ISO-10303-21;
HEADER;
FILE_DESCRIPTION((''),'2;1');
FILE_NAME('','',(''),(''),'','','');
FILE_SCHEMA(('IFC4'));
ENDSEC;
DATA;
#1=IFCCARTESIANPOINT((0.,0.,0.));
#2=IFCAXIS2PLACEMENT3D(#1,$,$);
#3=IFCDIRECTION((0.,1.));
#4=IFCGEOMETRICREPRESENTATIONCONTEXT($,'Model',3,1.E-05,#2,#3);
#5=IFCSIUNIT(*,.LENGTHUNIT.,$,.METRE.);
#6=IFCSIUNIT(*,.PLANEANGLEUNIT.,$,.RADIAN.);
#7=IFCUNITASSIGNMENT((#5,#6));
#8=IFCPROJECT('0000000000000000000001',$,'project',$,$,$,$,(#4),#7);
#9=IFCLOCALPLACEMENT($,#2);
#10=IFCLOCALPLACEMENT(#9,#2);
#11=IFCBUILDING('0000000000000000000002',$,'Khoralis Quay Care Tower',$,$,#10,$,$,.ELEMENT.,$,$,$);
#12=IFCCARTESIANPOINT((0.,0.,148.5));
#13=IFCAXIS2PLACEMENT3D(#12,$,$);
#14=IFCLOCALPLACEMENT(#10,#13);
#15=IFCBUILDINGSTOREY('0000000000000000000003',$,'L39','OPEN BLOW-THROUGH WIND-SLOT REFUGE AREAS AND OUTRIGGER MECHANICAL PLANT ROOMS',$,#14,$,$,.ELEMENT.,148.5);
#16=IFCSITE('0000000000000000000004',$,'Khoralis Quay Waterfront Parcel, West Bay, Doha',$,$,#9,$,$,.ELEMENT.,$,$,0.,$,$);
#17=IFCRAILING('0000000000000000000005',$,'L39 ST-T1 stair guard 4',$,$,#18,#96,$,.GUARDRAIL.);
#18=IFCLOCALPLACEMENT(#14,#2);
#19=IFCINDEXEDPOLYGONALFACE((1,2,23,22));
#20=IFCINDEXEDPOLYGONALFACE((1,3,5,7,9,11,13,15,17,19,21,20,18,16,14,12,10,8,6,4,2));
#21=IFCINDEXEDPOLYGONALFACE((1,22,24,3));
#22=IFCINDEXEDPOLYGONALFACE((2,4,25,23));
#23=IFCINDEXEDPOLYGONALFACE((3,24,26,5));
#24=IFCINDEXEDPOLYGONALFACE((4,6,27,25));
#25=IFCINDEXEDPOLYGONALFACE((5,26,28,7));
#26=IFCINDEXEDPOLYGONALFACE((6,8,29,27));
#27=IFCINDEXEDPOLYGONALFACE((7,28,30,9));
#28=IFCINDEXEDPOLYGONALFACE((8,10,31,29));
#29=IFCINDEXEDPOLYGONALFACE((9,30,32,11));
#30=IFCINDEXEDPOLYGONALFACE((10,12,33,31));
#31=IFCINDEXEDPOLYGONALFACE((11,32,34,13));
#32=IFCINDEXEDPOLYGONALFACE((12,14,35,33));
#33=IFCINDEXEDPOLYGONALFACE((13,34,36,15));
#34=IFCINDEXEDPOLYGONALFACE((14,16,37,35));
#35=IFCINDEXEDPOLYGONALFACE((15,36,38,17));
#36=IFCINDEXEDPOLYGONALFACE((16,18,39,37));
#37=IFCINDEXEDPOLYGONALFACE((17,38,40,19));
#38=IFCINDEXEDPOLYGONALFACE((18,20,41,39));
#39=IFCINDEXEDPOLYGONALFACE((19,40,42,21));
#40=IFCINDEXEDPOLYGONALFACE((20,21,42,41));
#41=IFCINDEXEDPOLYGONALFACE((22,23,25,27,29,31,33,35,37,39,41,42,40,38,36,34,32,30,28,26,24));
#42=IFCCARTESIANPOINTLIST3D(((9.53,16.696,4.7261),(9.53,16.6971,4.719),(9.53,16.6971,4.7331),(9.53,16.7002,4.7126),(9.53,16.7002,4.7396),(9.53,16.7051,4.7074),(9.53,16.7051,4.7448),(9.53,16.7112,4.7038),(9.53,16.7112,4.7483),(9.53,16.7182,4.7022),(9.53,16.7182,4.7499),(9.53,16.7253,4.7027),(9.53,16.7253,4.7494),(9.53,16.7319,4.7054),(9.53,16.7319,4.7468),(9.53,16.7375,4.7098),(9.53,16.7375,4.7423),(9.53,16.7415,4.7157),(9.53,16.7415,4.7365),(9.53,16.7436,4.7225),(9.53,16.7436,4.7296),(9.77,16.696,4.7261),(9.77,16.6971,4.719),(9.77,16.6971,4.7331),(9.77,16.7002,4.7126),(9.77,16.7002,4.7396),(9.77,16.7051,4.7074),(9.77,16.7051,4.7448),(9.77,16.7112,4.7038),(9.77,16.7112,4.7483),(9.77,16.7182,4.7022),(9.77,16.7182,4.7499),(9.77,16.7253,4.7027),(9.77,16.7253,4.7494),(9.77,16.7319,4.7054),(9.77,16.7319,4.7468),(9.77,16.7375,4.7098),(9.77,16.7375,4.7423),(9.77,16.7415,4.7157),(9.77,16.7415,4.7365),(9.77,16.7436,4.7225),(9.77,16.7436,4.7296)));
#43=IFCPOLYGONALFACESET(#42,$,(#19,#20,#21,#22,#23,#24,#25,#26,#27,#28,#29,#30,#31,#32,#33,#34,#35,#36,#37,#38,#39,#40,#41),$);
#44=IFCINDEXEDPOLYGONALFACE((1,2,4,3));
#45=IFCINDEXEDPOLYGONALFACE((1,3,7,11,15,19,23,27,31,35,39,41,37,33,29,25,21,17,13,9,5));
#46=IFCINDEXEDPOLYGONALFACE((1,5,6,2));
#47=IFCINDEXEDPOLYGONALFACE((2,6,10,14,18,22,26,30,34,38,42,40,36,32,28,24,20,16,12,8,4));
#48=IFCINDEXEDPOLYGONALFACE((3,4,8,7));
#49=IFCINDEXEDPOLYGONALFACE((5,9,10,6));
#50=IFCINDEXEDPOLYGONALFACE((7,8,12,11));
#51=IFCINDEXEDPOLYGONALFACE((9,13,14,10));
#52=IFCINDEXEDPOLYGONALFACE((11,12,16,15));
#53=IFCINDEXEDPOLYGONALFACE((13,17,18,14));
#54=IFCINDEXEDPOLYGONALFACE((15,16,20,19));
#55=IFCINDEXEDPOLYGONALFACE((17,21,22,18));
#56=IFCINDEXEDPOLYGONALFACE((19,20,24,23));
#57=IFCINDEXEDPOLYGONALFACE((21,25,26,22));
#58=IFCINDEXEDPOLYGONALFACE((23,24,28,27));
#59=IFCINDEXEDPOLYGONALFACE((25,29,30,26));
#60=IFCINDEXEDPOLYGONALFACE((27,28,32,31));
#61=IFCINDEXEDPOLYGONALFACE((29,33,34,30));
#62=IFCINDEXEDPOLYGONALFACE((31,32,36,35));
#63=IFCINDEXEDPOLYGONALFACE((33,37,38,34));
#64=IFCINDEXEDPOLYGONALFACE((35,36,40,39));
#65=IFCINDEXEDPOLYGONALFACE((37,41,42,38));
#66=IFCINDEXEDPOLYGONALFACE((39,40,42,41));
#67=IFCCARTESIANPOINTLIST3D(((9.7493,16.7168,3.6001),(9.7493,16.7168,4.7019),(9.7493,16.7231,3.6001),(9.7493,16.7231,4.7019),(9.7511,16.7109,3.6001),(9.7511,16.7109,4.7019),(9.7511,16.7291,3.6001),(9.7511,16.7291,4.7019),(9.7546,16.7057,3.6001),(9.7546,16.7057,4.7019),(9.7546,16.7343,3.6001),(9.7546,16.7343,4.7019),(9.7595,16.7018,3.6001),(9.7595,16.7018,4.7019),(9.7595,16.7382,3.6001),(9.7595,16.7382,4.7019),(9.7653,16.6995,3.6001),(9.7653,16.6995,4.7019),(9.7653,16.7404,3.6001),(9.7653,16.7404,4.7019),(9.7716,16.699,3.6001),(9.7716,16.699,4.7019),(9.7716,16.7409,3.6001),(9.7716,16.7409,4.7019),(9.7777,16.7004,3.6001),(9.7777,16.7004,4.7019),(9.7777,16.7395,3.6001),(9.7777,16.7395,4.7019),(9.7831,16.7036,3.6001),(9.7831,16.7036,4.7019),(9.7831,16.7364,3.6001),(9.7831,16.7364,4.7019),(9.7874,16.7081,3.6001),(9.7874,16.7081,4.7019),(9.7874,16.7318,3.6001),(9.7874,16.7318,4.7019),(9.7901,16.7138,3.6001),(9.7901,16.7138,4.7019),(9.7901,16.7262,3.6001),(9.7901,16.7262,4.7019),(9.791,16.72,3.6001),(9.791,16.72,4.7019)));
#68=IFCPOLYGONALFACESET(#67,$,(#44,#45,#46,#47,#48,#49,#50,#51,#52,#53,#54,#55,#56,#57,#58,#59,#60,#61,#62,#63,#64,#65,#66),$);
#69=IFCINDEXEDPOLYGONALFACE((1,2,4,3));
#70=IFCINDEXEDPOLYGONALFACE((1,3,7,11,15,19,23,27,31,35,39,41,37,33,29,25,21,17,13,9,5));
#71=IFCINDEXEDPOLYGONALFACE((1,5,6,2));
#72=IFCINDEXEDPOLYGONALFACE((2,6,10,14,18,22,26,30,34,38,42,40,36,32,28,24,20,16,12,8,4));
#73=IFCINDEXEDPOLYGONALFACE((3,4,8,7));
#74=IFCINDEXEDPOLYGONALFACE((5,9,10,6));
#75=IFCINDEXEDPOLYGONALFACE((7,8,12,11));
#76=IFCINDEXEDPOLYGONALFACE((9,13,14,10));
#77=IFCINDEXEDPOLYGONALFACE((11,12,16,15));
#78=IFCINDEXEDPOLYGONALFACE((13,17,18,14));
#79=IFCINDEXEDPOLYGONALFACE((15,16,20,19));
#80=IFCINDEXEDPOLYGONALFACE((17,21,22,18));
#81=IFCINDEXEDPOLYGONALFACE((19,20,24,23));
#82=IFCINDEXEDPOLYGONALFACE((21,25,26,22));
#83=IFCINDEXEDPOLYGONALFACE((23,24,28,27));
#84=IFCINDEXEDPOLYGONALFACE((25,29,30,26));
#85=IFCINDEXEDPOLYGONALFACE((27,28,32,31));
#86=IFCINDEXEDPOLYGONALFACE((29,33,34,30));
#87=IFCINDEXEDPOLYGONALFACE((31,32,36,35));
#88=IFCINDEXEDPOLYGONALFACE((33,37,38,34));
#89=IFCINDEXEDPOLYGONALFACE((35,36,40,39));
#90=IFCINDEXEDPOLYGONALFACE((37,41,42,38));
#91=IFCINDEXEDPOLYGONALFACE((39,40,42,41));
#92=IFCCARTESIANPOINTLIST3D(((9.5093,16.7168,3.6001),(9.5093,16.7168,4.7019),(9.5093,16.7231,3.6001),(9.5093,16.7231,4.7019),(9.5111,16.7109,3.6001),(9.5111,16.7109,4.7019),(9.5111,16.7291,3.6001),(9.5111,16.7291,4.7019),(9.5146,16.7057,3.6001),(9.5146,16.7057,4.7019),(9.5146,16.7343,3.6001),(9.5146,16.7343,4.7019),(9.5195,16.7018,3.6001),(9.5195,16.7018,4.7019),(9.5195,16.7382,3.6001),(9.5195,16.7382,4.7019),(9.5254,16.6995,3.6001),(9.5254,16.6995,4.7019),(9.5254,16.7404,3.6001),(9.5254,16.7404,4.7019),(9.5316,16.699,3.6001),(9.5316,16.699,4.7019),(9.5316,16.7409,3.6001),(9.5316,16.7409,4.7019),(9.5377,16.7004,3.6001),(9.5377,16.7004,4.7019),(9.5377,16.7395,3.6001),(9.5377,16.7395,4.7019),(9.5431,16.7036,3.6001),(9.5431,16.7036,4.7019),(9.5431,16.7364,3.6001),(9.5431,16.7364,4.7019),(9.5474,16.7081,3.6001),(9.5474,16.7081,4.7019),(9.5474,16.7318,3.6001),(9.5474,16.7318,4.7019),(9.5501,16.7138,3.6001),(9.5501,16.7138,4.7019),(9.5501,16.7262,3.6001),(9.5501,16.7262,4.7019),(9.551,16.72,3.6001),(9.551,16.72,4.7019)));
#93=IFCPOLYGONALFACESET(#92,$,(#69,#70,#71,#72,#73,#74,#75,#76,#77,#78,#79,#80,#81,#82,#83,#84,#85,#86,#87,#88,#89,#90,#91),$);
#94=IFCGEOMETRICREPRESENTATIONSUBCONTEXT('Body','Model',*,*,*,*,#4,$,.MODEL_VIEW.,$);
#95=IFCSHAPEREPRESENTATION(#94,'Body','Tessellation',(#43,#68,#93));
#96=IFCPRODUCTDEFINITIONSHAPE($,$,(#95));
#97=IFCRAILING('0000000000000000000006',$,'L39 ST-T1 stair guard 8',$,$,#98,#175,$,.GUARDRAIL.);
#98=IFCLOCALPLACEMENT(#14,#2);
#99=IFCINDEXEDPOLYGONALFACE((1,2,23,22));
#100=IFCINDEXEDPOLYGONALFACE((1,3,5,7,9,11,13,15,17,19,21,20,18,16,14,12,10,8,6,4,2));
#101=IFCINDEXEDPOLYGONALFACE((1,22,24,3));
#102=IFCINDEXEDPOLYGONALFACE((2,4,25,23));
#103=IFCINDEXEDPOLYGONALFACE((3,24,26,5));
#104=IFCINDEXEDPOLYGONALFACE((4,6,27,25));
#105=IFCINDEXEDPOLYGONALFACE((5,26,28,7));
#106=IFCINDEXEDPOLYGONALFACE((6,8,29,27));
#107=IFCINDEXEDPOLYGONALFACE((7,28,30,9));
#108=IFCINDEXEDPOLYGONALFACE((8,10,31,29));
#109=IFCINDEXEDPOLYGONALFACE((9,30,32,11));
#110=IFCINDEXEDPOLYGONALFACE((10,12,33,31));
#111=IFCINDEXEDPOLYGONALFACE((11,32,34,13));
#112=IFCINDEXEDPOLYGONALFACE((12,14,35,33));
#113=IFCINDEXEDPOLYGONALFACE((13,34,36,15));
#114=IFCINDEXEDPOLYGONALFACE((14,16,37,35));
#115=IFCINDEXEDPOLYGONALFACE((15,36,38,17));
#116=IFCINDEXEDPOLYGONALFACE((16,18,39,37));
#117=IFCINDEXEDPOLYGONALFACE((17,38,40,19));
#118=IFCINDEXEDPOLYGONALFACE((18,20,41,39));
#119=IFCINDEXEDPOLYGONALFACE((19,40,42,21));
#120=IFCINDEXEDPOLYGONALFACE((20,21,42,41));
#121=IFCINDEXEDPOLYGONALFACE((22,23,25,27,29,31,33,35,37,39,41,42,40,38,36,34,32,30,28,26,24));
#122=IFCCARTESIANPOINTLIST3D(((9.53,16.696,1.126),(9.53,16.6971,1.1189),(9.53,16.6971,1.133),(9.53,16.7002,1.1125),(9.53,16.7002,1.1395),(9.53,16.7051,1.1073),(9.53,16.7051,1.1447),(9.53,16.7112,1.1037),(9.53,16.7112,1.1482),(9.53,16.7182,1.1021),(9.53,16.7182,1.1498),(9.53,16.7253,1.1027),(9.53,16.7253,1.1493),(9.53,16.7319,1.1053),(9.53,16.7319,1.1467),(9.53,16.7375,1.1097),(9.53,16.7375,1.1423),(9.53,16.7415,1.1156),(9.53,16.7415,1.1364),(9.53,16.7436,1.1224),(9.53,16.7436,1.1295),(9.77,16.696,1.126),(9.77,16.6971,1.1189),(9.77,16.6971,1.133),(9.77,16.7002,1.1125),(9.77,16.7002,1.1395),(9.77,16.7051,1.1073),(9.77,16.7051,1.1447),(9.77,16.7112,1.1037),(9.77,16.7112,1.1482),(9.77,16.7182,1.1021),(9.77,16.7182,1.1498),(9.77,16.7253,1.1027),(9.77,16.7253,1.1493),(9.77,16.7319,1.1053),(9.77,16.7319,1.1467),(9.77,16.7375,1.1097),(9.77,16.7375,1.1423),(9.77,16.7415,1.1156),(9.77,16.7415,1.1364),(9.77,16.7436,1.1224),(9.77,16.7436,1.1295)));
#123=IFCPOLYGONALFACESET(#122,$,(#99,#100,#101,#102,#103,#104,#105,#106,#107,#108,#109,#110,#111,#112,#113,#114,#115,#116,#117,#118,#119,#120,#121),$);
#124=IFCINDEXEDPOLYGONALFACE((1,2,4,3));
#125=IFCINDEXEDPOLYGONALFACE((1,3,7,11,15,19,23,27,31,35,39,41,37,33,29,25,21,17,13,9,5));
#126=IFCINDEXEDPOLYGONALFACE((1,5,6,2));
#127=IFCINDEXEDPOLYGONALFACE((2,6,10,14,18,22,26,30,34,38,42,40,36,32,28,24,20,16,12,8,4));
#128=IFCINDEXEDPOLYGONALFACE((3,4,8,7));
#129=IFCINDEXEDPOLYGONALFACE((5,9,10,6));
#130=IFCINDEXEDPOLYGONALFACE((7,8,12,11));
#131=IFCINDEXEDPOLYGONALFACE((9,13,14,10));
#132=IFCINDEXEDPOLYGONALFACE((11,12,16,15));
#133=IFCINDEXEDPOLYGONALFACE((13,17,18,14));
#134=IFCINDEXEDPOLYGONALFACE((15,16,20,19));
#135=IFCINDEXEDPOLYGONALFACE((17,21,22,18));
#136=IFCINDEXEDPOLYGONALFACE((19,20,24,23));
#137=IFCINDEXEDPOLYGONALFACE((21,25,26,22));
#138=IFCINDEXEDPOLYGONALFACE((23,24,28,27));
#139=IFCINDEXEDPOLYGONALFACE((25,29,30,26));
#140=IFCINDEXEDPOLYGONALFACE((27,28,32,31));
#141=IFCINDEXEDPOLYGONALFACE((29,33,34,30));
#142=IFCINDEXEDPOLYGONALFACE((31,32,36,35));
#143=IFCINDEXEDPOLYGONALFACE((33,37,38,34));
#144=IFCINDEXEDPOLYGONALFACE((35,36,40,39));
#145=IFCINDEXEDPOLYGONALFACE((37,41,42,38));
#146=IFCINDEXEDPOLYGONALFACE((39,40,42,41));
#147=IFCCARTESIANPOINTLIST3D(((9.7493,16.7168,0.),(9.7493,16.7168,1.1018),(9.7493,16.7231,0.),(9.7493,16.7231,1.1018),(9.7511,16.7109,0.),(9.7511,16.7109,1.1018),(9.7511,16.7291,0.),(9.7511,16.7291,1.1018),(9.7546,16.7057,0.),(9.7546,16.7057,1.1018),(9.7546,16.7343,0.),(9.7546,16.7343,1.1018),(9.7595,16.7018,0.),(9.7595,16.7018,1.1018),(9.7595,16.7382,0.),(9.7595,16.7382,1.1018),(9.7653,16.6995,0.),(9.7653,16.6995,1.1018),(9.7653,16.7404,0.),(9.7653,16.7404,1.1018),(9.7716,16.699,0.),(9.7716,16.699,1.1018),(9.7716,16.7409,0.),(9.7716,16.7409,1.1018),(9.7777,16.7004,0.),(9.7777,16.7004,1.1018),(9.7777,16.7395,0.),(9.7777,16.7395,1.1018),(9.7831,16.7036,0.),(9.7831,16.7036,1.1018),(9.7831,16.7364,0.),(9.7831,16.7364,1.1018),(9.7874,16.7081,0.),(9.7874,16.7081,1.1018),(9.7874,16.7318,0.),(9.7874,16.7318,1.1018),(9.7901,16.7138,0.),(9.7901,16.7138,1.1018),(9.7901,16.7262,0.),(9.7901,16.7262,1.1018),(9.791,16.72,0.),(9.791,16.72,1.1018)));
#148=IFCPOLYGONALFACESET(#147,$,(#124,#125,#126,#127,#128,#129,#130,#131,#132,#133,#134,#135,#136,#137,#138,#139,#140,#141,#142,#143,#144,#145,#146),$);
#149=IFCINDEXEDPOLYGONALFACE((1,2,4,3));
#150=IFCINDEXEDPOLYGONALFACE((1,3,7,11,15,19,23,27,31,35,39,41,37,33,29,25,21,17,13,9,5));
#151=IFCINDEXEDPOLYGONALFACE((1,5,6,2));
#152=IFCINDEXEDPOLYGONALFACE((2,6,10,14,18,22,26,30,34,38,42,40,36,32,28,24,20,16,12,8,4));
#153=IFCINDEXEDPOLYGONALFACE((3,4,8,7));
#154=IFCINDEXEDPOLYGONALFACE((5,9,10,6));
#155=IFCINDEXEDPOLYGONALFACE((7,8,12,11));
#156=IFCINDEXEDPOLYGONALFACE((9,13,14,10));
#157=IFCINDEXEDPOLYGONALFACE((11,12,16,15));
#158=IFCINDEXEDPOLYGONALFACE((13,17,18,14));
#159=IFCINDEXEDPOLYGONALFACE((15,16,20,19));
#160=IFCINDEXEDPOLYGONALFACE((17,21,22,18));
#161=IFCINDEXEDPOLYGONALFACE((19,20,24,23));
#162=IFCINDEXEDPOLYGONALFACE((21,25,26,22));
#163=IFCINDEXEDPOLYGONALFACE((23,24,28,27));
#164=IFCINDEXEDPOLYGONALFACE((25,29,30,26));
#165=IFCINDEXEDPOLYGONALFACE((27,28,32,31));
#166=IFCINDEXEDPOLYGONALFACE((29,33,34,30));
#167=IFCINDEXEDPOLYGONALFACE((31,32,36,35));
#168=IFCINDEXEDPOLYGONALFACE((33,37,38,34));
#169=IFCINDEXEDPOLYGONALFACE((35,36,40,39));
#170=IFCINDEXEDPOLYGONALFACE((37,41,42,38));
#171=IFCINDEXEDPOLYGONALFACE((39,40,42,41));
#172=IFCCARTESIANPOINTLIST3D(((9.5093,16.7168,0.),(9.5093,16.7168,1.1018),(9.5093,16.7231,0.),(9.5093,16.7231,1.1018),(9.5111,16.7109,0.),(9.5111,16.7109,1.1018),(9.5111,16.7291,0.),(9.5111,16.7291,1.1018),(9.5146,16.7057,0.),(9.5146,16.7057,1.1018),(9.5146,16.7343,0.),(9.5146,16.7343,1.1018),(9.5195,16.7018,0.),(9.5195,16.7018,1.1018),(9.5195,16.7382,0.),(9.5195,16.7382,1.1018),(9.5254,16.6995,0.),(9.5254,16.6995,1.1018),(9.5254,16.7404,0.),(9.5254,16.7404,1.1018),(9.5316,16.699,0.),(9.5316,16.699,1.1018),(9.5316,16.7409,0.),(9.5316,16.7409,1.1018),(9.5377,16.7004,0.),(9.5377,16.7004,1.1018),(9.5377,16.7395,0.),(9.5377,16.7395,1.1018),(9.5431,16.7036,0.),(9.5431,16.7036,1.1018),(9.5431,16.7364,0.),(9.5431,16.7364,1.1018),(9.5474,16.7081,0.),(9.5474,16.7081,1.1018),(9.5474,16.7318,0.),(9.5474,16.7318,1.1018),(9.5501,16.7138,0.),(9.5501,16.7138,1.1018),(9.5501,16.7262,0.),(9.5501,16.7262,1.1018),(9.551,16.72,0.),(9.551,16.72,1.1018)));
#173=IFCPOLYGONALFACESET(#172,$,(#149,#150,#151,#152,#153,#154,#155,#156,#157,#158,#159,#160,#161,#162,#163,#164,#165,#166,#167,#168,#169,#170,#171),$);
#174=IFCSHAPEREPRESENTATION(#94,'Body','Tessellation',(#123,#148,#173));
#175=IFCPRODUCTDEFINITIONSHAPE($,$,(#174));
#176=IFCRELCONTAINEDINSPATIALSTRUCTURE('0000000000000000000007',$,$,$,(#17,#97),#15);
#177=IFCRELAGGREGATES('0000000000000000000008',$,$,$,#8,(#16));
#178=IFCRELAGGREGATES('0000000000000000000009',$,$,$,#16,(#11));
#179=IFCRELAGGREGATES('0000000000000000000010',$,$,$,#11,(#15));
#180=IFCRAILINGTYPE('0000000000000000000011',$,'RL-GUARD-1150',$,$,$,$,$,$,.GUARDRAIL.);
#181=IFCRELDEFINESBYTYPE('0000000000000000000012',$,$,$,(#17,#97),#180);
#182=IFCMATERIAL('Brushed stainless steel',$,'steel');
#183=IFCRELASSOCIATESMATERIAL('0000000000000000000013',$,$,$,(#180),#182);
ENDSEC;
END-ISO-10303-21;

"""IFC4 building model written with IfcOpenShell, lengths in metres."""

from ifc_helpers import new_model, si_unit, direction, frame, origin, origin_2d, place, context, subcontext, project, spatial, circle, extrude, material, type_object, element, save


model = new_model("IFC4")

# Units and contexts
model_context = context("Model", 3, precision=1e-05, world=origin(), true_north=direction((0.0, 1.0)))
body_context = subcontext(model_context, "Body", "Model", "MODEL_VIEW")
ifc_project = project(units=[si_unit("LENGTHUNIT", "METRE"), si_unit("PLANEANGLEUNIT", "RADIAN")], contexts=[model_context])

# Site, building, storey
site_placement = place(None, origin())
site = spatial("IfcSite", under=ifc_project, at=site_placement, Name="Khoralis Quay Waterfront Parcel, West Bay, Doha", CompositionType="ELEMENT", RefElevation=0.0)
building_placement = place(site_placement, origin())
building = spatial("IfcBuilding", under=site, at=building_placement, Name="Khoralis Quay Care Tower", CompositionType="ELEMENT")
storey_placement = place(building_placement, frame((0.0, 0.0, 148.5)))
storey = spatial("IfcBuildingStorey", under=building, at=storey_placement, Name="L39", Description="OPEN BLOW-THROUGH WIND-SLOT REFUGE AREAS AND OUTRIGGER MECHANICAL PLANT ROOMS", CompositionType="ELEMENT", Elevation=148.5)

# Shared definitions
ifc_material_1 = material(Name="Brushed stainless steel", Category="steel")

# Railings
railing_type = type_object("IfcRailingType", Name="RL-GUARD-1150", PredefinedType="GUARDRAIL", material=ifc_material_1)
for number, where, name in (
    (1, (9.77, 16.72, 3.6001), "L39 ST-T1 stair guard 4"),
    (2, (9.77, 16.72, 0.0), "L39 ST-T1 stair guard 8"),
):
    element("IfcRailing", number, at=place(storey_placement, frame(where)), inside=storey, type_object=railing_type, Name=name, PredefinedType="GUARDRAIL", context=body_context, shape_type="SweptSolid", body=[
        extrude(circle(Radius=0.0239, at=origin_2d()), frame((0.0, 0.0, 1.126), z_axis=(-1.0, 0.0, 0.0), x_axis=(0.0, -1.0, 0.0)), (0.0, 0.0, 1.0), 0.24),
        extrude(circle(Radius=0.021, at=origin_2d()), origin(), (0.0, 0.0, 1.0), 1.1018),
        extrude(circle(Radius=0.021, at=origin_2d()), frame((-0.24, 0.0, 0.0)), (0.0, 0.0, 1.0), 1.1018),
    ])

save(model, "model.ifc")
